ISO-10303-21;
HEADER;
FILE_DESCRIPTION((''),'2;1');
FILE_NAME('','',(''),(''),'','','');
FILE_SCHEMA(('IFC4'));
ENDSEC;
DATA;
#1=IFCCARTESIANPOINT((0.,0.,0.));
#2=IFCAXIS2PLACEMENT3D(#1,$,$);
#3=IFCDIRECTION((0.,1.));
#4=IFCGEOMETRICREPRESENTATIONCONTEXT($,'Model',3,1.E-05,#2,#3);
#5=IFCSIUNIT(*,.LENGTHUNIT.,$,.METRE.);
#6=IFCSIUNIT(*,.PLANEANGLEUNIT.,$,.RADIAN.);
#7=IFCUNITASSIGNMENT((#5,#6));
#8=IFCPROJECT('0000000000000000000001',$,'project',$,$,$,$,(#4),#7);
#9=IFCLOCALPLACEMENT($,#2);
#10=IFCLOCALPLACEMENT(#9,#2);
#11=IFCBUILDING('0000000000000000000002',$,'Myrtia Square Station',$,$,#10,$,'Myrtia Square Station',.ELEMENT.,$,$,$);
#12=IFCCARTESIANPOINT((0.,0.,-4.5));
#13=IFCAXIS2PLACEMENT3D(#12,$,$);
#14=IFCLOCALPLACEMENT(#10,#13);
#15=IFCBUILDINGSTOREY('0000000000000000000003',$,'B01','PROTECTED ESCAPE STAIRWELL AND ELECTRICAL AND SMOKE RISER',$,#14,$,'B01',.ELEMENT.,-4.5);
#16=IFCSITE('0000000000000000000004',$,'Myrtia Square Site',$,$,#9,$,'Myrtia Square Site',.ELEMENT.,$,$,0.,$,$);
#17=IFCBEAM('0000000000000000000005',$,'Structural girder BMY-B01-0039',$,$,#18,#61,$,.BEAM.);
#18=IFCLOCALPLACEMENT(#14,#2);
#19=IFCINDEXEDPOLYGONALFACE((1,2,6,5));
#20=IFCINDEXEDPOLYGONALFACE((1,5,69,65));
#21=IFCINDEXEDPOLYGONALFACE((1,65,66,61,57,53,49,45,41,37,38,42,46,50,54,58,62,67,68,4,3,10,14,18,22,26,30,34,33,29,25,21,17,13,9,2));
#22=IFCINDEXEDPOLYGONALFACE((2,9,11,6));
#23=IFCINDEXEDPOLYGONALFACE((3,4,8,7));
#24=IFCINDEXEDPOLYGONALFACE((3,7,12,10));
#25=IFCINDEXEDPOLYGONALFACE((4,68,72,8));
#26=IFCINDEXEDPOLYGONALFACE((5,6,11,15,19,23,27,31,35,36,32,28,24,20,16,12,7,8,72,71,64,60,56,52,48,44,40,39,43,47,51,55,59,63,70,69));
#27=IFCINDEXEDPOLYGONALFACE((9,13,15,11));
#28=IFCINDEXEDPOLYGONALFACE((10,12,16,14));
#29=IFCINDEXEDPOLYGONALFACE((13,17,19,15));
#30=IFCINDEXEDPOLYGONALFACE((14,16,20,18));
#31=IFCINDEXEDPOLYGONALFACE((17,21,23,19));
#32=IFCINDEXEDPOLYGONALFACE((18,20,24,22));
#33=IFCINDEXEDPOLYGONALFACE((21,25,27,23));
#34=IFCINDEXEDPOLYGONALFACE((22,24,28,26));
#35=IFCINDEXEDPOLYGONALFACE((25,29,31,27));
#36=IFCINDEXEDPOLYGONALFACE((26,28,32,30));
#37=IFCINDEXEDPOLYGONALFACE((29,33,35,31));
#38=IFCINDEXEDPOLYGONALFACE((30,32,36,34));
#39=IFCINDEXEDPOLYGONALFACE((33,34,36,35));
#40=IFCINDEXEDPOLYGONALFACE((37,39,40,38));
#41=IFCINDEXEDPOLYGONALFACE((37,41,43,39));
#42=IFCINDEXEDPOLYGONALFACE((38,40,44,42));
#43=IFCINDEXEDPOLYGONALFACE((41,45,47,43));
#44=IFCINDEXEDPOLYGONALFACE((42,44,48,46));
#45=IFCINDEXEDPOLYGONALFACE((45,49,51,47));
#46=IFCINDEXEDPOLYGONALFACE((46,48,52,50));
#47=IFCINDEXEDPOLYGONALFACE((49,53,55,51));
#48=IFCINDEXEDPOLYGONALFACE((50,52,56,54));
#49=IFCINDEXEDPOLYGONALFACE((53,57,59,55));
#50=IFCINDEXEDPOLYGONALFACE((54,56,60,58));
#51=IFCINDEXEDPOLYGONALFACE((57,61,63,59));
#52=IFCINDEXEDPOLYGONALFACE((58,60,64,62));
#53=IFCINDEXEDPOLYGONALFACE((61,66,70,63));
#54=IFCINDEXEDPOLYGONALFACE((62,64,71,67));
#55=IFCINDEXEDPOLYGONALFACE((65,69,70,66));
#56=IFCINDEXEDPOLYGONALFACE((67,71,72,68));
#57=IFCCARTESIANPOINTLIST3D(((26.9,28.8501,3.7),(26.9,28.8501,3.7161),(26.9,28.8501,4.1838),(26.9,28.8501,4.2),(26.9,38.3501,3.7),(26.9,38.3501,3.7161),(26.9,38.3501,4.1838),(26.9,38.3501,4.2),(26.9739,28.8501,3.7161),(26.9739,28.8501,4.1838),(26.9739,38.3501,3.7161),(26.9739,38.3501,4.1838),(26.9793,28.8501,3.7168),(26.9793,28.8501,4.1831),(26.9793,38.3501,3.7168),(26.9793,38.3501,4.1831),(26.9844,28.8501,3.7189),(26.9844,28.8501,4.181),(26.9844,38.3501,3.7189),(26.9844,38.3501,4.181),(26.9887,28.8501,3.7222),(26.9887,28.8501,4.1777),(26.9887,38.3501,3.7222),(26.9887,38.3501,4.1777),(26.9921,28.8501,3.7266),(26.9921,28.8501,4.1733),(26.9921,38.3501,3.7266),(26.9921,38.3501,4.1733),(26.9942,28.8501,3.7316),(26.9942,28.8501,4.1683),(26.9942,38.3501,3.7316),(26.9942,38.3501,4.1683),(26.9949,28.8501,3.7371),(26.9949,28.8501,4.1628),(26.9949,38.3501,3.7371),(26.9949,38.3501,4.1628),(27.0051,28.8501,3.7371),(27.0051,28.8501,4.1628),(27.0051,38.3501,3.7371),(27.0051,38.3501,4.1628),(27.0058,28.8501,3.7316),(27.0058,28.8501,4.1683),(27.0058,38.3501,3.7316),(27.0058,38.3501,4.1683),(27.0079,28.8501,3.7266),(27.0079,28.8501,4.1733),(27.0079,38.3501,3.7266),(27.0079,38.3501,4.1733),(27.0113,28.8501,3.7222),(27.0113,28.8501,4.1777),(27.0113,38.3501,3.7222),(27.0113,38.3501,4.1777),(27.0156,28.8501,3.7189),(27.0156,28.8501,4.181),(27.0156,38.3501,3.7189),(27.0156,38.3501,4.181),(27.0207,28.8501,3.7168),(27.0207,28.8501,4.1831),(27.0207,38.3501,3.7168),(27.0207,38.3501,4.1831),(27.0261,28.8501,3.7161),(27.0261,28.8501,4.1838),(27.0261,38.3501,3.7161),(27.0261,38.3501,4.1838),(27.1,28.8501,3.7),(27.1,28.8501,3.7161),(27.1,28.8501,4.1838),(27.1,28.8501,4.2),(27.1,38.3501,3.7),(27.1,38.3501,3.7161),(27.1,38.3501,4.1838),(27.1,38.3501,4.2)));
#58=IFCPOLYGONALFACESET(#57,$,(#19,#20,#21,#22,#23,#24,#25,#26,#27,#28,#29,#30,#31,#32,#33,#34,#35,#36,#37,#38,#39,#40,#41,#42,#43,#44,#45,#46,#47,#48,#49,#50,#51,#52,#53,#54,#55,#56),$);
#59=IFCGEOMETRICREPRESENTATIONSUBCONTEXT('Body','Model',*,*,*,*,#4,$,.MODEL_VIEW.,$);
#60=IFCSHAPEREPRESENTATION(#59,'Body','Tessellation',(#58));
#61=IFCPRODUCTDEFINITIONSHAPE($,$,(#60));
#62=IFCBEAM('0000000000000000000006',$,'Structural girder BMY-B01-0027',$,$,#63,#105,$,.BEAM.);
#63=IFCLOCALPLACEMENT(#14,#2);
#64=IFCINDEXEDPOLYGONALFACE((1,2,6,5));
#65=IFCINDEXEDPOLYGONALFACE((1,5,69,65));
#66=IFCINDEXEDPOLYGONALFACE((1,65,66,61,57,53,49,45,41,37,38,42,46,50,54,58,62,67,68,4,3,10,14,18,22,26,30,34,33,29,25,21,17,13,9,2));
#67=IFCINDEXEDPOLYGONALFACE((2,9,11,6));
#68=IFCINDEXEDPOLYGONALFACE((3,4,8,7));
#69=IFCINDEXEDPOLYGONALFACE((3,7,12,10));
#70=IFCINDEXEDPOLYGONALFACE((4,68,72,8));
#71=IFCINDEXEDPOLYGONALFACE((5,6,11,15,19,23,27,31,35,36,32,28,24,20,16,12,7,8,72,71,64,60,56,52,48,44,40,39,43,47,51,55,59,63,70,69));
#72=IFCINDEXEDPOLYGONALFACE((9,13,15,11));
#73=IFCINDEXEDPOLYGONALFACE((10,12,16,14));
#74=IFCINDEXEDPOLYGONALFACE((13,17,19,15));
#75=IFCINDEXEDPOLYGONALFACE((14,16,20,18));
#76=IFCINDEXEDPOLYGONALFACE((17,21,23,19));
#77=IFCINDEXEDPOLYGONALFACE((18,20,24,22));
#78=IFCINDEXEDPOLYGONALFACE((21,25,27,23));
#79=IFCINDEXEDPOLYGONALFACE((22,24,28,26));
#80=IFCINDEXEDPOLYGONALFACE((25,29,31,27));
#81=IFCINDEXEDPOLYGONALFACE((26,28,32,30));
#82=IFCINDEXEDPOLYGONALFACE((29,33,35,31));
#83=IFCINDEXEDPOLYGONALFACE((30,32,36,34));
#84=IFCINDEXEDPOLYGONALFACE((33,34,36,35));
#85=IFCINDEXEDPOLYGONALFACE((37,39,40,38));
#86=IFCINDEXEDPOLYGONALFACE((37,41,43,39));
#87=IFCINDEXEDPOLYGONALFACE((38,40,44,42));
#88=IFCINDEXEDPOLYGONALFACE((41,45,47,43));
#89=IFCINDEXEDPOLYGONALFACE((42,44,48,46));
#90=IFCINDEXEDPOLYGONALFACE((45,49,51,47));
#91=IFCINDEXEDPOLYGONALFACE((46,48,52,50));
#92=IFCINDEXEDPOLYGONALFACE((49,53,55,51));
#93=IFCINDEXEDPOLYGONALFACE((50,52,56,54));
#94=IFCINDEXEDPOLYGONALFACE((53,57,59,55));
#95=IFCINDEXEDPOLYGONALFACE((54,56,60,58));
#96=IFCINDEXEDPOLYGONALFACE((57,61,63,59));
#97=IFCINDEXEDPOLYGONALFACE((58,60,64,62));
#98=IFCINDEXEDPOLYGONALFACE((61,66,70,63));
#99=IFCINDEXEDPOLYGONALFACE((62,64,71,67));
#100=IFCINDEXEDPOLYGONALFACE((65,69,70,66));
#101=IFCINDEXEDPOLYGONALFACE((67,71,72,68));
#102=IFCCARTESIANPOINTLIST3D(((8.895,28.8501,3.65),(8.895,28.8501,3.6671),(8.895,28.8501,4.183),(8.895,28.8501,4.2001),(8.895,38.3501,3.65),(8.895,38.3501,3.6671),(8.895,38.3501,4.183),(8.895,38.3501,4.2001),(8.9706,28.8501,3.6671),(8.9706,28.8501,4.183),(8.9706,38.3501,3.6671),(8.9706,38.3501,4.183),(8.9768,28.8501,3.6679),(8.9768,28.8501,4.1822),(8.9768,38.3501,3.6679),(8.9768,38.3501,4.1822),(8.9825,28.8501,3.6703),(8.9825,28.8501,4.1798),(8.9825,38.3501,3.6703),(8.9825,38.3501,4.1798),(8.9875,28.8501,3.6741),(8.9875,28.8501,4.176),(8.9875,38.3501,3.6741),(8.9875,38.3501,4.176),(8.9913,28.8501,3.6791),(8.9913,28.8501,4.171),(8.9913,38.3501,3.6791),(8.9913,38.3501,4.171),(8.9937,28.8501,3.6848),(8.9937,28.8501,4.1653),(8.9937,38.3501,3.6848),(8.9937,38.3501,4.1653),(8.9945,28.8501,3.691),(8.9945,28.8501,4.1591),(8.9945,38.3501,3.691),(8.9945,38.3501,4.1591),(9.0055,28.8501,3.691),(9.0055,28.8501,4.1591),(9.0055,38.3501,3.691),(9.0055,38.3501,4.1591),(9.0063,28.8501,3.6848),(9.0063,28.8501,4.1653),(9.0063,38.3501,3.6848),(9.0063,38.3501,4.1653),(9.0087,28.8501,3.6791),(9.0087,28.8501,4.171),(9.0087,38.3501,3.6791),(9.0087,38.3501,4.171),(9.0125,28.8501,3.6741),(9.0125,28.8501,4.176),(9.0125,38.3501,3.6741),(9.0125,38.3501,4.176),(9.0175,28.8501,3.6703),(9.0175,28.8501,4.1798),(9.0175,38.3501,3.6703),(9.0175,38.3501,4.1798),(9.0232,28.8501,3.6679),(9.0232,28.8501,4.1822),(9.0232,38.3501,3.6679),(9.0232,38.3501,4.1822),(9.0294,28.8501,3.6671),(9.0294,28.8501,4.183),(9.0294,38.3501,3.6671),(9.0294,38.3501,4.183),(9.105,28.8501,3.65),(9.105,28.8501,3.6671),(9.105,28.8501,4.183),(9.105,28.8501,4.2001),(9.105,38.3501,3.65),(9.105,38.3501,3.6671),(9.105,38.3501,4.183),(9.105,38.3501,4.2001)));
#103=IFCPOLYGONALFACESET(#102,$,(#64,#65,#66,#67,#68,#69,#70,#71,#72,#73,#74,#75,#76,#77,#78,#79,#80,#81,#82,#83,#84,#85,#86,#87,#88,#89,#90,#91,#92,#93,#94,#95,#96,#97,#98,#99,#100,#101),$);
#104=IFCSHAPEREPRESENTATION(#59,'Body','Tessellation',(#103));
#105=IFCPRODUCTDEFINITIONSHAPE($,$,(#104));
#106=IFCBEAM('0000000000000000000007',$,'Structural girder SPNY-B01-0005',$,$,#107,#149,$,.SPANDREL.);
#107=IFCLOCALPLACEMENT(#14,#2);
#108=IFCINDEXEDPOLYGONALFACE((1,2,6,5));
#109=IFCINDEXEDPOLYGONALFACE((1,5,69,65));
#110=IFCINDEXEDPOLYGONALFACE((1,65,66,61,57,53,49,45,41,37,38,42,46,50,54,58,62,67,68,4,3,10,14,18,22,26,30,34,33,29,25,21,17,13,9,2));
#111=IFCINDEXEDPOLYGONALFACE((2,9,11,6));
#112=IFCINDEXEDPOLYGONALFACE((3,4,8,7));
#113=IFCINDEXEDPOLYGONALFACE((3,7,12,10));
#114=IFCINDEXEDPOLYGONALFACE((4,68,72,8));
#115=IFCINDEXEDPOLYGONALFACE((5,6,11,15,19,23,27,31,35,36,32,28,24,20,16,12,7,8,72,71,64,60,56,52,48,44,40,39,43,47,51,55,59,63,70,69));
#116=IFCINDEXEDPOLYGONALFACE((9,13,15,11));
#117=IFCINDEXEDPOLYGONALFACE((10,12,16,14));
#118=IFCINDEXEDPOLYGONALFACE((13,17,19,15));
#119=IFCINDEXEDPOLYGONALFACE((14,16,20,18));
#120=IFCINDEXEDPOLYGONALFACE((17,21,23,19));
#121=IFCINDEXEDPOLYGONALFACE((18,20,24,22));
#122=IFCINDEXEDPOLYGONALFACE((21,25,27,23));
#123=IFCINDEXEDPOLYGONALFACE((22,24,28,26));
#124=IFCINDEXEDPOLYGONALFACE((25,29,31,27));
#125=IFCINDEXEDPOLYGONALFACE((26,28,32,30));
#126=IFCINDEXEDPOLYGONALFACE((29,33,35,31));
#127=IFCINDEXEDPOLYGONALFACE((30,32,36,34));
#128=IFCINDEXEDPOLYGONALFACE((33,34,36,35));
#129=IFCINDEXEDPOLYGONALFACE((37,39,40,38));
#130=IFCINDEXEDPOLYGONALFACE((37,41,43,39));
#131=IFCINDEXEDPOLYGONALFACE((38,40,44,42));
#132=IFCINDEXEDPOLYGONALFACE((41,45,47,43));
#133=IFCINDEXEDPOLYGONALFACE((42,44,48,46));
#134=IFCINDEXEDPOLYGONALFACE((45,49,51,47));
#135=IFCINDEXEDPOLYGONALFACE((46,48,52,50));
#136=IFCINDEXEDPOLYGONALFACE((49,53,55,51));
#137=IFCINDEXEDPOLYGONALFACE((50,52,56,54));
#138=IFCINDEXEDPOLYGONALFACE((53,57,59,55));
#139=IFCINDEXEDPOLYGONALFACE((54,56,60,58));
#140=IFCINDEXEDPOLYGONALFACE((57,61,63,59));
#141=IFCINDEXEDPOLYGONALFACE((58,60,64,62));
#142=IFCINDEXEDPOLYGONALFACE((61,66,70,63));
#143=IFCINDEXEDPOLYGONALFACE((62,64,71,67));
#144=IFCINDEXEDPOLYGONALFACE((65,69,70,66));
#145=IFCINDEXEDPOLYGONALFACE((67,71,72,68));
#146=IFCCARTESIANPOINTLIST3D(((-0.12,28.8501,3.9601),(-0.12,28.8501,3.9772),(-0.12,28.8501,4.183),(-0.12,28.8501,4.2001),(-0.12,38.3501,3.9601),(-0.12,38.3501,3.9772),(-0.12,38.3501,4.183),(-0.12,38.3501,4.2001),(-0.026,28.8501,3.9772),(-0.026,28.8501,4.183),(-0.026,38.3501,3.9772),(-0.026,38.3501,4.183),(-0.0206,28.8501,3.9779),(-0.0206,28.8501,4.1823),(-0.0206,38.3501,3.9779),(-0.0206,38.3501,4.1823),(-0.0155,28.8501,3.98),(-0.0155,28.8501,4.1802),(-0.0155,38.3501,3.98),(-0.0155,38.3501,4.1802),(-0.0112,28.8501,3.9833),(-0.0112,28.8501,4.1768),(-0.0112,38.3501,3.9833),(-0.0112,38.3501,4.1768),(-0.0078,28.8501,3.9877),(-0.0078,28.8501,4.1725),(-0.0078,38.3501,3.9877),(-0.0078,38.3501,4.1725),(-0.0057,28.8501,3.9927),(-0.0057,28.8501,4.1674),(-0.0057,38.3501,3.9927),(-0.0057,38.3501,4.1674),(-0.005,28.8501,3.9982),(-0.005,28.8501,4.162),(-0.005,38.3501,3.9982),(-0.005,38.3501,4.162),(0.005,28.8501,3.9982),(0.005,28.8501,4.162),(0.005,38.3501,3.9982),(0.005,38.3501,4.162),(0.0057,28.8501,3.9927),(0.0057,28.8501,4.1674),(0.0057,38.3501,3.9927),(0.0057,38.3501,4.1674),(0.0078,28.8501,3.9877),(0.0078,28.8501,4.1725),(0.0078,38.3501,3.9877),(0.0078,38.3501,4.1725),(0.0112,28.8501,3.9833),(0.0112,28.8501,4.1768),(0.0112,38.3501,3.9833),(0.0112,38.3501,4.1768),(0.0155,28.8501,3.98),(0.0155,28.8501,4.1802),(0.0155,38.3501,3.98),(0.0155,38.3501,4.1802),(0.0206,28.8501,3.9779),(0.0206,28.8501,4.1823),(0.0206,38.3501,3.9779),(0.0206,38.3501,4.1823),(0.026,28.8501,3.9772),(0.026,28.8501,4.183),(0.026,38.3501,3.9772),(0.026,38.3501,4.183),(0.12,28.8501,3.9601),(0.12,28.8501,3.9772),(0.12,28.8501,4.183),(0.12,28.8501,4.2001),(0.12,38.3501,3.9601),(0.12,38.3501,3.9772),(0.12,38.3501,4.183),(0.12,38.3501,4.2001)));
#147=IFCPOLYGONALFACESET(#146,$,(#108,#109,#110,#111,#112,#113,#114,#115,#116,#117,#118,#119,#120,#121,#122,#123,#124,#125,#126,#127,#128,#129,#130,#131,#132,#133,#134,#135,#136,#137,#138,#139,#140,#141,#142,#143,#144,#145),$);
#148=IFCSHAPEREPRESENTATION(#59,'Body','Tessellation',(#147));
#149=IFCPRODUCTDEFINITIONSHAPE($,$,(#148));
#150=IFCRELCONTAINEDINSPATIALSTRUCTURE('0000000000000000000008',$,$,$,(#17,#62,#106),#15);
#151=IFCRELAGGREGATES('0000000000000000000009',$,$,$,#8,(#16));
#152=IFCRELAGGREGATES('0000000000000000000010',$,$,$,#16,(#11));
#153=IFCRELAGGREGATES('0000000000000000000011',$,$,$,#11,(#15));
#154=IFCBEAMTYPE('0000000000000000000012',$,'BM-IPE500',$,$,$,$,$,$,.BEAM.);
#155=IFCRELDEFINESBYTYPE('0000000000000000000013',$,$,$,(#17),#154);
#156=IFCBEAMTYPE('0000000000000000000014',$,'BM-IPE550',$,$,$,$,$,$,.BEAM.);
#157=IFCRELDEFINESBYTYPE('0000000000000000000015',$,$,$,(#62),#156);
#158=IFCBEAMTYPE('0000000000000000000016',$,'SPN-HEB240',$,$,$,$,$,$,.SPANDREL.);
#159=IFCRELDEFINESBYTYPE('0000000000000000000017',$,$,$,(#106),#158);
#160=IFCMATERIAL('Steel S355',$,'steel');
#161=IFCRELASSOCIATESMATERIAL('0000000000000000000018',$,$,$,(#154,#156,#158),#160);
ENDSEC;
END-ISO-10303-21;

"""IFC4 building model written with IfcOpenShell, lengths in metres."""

from ifc_helpers import new_model, si_unit, direction, frame, origin, origin_2d, place, context, subcontext, project, spatial, i_section, extrude, material, material_profile, profile_set, type_object, element, save


model = new_model("IFC4")

# Units and contexts
model_context = context("Model", 3, precision=1e-05, world=origin(), true_north=direction((0.0, 1.0)))
body_context = subcontext(model_context, "Body", "Model", "MODEL_VIEW")
ifc_project = project(units=[si_unit("LENGTHUNIT", "METRE"), si_unit("PLANEANGLEUNIT", "RADIAN")], contexts=[model_context])

# Site, building, storey
site_placement = place(None, origin())
site = spatial("IfcSite", under=ifc_project, at=site_placement, Name="Myrtia Square Site", LongName="Myrtia Square Site", CompositionType="ELEMENT", RefElevation=0.0)
building_placement = place(site_placement, origin())
building = spatial("IfcBuilding", under=site, at=building_placement, Name="Myrtia Square Station", LongName="Myrtia Square Station", CompositionType="ELEMENT")
storey_placement = place(building_placement, frame((0.0, 0.0, -4.5)))
storey = spatial("IfcBuildingStorey", under=building, at=storey_placement, Name="B01", Description="PROTECTED ESCAPE STAIRWELL AND ELECTRICAL AND SMOKE RISER", LongName="B01", CompositionType="ELEMENT", Elevation=-4.5)

# Shared definitions
ifc_material_1 = material(Name="Steel S355", Category="steel")

# Beams
ifc_material_profile_1 = material_profile(ifc_material_1, i_section(OverallWidth=0.2, OverallDepth=0.5, WebThickness=0.0103, FlangeThickness=0.0161, FilletRadius=0.021, at=origin_2d()), Name="IPE 500")
ifc_profile_set_1 = profile_set([ifc_material_profile_1], Name="Steel S355")
beam_type_1 = type_object("IfcBeamType", Name="BM-IPE500", PredefinedType="BEAM", material=ifc_profile_set_1)
beam_1_placement = place(storey_placement, frame((27.0, 28.8501, 3.95), z_axis=(0.0, 1.0, 0.0), x_axis=(-1.0, 0.0, 0.0)))
element("IfcBeam", 1, at=beam_1_placement, inside=storey, type_object=beam_type_1, Name="Structural girder BMY-B01-0039", PredefinedType="BEAM", context=body_context, shape_type="SweptSolid", body=[
    extrude(i_section(OverallWidth=0.2, OverallDepth=0.5, WebThickness=0.0103, FlangeThickness=0.0161, FilletRadius=0.021, at=origin_2d()), origin(), (0.0, 0.0, 1.0), 9.5),
])
ifc_material_profile_2 = material_profile(ifc_material_1, i_section(OverallWidth=0.21, OverallDepth=0.55, WebThickness=0.011, FlangeThickness=0.0171, FilletRadius=0.0239, at=origin_2d()), Name="IPE 550")
ifc_profile_set_2 = profile_set([ifc_material_profile_2], Name="Steel S355")
beam_type_2 = type_object("IfcBeamType", Name="BM-IPE550", PredefinedType="BEAM", material=ifc_profile_set_2)
beam_2_placement = place(storey_placement, frame((9.0, 28.8501, 3.925), z_axis=(0.0, 1.0, 0.0), x_axis=(-1.0, 0.0, 0.0)))
element("IfcBeam", 2, at=beam_2_placement, inside=storey, type_object=beam_type_2, Name="Structural girder BMY-B01-0027", PredefinedType="BEAM", context=body_context, shape_type="SweptSolid", body=[
    extrude(i_section(OverallWidth=0.21, OverallDepth=0.55, WebThickness=0.011, FlangeThickness=0.0171, FilletRadius=0.0239, at=origin_2d()), origin(), (0.0, 0.0, 1.0), 9.5),
])
ifc_material_profile_3 = material_profile(ifc_material_1, i_section(OverallWidth=0.24, OverallDepth=0.24, WebThickness=0.01, FlangeThickness=0.0171, FilletRadius=0.021, at=origin_2d()), Name="HEB 240")
ifc_profile_set_3 = profile_set([ifc_material_profile_3], Name="Steel S355")
beam_type_3 = type_object("IfcBeamType", Name="SPN-HEB240", PredefinedType="SPANDREL", material=ifc_profile_set_3)
beam_3_placement = place(storey_placement, frame((0.0, 28.8501, 4.0801), z_axis=(0.0, 1.0, 0.0), x_axis=(-1.0, 0.0, 0.0)))
element("IfcBeam", 3, at=beam_3_placement, inside=storey, type_object=beam_type_3, Name="Structural girder SPNY-B01-0005", PredefinedType="SPANDREL", context=body_context, shape_type="SweptSolid", body=[
    extrude(i_section(OverallWidth=0.24, OverallDepth=0.24, WebThickness=0.01, FlangeThickness=0.0171, FilletRadius=0.021, at=origin_2d()), origin(), (0.0, 0.0, 1.0), 9.5),
])

save(model, "model.ifc")
